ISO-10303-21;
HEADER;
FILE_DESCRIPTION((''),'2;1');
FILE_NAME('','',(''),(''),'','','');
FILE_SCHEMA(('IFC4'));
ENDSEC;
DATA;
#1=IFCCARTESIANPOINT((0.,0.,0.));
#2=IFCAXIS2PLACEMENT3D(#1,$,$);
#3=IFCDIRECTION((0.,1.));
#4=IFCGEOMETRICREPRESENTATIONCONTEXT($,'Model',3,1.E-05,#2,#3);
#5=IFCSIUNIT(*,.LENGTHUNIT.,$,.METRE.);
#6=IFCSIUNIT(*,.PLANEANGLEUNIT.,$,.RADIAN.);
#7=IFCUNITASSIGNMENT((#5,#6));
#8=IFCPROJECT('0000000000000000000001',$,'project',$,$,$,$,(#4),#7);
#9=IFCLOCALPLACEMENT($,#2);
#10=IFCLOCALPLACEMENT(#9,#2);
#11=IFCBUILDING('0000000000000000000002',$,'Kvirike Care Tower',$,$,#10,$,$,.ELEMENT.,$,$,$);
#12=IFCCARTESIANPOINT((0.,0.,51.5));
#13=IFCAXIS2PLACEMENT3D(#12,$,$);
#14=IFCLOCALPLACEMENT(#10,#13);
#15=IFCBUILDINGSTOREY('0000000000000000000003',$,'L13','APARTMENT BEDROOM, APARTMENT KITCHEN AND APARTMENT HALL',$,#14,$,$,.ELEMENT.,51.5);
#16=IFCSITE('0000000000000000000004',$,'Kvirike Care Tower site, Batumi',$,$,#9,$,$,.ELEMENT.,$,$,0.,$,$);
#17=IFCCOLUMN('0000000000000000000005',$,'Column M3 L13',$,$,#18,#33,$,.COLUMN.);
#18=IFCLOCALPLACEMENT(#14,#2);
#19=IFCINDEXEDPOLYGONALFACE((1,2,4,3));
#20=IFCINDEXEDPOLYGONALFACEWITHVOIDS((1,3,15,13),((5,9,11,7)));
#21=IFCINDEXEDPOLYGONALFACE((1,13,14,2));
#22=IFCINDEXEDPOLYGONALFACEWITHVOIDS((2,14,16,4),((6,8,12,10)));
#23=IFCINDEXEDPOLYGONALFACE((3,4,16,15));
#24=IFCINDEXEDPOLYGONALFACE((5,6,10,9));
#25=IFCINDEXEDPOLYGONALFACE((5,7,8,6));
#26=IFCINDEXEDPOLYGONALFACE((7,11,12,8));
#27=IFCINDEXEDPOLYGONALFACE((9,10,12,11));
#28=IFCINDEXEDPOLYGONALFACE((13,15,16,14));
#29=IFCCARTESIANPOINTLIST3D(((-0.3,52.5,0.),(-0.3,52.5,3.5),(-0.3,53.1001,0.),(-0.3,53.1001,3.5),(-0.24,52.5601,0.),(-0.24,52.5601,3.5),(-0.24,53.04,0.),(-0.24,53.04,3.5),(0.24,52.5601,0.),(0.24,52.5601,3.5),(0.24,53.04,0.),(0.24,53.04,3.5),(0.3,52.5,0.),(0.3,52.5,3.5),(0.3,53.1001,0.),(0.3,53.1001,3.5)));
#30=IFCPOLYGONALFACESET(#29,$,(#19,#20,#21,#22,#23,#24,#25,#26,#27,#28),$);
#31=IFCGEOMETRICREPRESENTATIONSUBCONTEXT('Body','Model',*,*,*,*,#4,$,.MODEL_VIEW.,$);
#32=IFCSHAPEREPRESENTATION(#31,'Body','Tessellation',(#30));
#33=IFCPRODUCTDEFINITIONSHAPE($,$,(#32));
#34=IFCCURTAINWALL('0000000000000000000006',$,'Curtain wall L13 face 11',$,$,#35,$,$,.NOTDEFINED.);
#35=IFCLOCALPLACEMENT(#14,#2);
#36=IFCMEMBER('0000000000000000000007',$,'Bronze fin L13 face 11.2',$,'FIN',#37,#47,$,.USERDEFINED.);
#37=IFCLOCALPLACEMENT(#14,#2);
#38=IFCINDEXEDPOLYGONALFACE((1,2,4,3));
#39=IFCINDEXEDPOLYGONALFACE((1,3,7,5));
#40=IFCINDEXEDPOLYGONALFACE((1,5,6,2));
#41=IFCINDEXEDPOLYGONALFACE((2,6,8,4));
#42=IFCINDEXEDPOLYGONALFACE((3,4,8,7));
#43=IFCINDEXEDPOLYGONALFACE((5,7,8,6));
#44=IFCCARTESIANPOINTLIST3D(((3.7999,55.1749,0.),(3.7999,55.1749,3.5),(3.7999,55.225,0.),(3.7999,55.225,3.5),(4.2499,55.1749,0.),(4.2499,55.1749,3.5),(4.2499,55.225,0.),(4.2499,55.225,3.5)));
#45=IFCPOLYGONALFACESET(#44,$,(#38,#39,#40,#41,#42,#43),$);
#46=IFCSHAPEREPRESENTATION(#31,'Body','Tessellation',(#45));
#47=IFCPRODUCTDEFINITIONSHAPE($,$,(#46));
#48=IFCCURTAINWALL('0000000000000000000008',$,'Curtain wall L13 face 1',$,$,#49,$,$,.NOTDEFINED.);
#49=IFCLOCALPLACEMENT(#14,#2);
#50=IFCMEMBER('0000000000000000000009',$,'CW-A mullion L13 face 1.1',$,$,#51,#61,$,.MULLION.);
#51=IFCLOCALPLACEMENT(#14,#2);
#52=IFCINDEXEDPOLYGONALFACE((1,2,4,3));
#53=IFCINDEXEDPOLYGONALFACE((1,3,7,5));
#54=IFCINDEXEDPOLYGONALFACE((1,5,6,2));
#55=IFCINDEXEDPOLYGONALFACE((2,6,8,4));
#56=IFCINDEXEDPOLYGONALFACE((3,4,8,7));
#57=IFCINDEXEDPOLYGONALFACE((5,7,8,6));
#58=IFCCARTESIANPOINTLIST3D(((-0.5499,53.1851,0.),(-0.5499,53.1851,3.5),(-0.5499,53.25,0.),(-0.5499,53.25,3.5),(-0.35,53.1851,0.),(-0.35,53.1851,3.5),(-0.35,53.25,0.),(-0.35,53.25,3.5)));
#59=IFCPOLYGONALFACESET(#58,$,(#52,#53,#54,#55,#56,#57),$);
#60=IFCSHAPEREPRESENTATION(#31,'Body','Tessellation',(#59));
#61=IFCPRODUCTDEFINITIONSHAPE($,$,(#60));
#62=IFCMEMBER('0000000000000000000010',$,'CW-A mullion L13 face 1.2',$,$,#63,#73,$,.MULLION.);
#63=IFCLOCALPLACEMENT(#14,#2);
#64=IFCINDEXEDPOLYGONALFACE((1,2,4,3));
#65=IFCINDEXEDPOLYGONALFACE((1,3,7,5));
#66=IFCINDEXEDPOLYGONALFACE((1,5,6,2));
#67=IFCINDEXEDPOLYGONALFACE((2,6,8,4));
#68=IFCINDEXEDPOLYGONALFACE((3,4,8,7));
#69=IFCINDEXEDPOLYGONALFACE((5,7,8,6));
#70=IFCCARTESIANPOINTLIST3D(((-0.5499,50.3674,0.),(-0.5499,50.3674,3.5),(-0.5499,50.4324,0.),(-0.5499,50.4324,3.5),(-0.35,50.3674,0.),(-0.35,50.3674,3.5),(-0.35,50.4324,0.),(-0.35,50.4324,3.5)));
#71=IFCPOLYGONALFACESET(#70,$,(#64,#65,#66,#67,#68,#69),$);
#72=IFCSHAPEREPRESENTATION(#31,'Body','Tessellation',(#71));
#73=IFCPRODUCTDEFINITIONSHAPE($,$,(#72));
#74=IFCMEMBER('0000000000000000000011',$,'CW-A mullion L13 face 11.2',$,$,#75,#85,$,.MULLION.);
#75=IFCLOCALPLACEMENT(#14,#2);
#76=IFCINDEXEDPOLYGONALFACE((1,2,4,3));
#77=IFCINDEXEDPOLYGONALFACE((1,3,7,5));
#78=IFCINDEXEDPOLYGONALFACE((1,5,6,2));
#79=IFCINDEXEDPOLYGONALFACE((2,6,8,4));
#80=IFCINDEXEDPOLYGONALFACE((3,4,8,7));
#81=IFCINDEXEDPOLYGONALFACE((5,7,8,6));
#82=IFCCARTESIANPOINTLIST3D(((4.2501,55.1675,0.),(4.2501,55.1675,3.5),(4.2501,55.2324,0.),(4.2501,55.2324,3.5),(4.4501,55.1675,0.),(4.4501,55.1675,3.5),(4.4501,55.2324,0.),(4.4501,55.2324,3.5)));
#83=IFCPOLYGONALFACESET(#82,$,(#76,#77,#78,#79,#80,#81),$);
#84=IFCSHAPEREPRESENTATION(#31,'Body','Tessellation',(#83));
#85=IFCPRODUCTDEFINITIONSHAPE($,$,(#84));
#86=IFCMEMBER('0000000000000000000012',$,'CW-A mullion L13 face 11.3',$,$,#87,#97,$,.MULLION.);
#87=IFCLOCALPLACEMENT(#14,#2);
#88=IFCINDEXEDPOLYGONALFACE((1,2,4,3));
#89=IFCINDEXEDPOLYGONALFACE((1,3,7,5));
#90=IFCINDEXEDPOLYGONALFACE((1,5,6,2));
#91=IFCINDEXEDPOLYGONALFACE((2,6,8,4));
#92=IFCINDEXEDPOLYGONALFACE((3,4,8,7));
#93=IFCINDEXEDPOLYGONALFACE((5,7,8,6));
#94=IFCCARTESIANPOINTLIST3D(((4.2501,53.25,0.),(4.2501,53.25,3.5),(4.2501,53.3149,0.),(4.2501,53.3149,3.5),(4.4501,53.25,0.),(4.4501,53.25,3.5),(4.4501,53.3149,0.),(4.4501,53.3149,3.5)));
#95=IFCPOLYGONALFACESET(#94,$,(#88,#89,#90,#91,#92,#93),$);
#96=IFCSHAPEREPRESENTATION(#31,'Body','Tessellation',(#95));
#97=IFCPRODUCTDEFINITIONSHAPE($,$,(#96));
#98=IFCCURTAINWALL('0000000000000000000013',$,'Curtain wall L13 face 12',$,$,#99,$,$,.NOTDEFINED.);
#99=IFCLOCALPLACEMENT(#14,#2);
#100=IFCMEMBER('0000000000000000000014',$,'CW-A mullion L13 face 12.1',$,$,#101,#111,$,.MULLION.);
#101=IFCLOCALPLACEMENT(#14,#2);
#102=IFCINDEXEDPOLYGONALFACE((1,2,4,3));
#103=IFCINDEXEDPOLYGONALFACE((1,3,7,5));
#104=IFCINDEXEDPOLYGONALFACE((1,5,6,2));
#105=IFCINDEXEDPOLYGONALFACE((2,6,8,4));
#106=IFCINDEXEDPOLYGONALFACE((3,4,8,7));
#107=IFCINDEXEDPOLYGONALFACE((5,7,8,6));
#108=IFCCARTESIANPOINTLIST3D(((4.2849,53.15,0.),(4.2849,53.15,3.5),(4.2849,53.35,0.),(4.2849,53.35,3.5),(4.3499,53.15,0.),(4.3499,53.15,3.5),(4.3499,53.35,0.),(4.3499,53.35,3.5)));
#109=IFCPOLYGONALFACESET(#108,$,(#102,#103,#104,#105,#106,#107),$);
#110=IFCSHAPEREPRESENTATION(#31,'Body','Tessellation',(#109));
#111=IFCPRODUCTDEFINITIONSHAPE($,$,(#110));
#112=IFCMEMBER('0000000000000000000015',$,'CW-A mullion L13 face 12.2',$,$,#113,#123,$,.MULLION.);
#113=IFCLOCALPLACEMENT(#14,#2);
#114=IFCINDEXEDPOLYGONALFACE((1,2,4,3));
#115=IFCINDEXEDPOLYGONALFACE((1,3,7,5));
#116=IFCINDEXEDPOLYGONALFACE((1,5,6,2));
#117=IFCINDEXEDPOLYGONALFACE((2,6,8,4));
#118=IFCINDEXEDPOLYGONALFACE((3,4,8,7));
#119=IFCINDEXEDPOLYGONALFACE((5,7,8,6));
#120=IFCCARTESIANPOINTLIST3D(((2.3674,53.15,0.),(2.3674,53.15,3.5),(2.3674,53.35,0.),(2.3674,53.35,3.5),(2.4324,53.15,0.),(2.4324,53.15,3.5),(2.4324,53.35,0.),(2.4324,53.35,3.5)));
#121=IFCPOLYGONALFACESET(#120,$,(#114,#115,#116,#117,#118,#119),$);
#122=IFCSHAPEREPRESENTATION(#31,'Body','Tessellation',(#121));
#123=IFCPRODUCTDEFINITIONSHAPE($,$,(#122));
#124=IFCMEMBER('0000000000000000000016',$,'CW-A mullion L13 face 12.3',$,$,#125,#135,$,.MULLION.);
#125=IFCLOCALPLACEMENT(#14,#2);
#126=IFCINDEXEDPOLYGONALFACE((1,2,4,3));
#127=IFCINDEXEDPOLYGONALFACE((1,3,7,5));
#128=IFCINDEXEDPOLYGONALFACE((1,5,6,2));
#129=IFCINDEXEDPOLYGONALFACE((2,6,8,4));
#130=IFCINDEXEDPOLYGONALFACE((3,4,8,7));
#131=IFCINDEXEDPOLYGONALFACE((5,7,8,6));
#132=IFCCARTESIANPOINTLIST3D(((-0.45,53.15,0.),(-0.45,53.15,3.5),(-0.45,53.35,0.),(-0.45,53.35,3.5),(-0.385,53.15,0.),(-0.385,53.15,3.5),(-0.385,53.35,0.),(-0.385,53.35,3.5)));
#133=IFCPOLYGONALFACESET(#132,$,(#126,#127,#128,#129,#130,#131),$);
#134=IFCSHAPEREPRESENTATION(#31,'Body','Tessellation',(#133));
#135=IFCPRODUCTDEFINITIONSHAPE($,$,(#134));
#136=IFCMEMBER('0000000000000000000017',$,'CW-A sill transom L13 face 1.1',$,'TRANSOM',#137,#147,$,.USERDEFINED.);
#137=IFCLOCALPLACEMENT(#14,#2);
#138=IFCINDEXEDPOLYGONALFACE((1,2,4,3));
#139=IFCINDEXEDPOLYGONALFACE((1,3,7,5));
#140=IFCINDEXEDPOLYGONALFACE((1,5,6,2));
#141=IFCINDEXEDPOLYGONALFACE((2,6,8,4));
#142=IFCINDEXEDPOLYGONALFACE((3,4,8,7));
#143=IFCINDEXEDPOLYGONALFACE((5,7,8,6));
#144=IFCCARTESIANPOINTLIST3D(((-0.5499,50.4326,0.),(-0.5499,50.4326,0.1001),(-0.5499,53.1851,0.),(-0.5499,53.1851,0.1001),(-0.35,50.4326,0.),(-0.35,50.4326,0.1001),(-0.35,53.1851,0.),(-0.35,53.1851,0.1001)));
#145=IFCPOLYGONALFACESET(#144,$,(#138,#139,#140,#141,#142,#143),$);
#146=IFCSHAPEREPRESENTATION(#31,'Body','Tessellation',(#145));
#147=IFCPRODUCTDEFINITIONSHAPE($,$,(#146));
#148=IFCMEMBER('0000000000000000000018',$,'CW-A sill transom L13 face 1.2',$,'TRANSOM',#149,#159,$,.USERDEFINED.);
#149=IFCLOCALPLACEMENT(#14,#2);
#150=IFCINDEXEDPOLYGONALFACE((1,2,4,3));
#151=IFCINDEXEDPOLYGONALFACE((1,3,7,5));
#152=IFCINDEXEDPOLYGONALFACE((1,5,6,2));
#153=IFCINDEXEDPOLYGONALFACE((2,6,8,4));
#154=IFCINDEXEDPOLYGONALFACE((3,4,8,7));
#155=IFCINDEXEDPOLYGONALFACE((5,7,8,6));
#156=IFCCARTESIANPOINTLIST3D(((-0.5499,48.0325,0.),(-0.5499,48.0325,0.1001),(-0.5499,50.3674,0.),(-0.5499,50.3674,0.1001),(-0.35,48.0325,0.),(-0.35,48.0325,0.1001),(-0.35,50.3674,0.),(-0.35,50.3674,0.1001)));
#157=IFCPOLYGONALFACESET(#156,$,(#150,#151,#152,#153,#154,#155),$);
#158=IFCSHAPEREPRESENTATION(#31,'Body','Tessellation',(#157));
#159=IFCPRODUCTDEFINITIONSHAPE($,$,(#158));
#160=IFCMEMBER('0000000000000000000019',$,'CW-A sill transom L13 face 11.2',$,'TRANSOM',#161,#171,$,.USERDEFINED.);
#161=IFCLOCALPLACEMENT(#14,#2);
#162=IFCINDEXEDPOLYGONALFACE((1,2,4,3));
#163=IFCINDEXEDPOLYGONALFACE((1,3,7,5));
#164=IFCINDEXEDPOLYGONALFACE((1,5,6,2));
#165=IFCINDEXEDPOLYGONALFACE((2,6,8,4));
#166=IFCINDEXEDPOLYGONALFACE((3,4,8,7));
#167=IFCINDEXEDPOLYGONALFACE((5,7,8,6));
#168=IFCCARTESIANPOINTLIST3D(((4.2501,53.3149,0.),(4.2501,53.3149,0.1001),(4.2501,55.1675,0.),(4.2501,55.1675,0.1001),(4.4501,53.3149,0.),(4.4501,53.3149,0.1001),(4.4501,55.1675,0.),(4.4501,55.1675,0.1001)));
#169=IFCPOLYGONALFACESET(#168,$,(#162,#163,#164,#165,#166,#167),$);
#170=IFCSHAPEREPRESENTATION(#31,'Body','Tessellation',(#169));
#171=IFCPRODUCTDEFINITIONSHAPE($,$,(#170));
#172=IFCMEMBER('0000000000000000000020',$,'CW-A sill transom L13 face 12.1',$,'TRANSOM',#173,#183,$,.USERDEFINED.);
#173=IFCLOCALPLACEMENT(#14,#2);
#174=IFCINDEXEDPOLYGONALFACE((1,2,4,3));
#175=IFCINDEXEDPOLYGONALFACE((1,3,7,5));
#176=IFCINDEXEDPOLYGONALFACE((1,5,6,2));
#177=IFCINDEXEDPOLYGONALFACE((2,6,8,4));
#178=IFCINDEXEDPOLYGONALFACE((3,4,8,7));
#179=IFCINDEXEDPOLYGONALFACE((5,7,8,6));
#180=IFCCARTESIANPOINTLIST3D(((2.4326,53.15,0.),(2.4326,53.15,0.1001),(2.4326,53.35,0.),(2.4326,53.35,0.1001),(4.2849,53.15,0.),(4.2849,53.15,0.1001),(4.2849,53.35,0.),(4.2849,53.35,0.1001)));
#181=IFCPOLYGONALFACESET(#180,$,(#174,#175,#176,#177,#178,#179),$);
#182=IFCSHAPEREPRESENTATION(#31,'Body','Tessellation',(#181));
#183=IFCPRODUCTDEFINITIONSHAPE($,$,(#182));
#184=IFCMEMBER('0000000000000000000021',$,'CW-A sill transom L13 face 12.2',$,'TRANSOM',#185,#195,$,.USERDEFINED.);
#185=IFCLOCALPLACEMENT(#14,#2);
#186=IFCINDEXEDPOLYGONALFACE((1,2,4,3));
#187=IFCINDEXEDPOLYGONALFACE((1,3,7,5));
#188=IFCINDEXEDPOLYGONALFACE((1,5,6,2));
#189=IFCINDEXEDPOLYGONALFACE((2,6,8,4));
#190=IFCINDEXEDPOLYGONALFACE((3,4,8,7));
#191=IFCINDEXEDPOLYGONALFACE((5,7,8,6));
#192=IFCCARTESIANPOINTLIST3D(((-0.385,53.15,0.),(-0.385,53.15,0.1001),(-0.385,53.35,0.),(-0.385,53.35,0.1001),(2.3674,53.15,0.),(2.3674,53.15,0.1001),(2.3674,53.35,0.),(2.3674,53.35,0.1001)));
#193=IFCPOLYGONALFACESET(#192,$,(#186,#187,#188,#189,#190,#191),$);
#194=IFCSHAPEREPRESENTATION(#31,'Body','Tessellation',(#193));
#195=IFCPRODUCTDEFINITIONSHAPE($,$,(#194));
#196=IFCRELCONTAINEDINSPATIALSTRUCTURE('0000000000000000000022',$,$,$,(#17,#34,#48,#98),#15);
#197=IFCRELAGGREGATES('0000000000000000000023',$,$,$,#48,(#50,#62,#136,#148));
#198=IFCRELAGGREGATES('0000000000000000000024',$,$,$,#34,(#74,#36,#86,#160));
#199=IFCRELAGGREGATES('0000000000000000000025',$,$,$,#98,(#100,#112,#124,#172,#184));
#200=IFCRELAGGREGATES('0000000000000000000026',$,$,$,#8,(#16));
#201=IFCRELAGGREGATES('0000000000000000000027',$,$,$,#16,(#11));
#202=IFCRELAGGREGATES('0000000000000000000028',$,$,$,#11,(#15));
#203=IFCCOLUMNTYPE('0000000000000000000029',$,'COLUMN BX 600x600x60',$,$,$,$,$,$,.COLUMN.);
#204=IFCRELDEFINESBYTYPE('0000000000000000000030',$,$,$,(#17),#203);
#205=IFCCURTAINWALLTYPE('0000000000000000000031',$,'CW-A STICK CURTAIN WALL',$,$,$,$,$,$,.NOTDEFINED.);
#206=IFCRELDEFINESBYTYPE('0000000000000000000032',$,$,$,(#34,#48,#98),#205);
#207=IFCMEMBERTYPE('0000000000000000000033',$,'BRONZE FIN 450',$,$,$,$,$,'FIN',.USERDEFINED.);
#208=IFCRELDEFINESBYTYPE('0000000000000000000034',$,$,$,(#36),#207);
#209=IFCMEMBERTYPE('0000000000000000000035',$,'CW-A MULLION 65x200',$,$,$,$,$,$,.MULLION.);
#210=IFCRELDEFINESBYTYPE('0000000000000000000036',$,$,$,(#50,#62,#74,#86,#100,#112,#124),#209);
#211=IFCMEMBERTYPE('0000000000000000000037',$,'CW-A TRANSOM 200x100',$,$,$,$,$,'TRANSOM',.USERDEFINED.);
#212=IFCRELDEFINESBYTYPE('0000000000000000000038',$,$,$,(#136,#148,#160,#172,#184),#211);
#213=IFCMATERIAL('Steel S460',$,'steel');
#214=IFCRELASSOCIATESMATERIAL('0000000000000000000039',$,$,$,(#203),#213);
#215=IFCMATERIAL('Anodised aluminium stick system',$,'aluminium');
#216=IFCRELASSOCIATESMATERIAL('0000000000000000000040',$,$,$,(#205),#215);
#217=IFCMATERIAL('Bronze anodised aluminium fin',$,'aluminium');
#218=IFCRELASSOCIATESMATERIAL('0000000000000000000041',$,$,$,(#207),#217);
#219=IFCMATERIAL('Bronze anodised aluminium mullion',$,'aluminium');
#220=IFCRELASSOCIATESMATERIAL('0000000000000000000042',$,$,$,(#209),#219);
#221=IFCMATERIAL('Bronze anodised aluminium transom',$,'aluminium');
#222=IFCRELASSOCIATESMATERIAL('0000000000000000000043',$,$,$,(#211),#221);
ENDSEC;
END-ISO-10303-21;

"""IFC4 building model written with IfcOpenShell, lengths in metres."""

from ifc_helpers import new_model, si_unit, direction, frame, origin, origin_2d, place, context, subcontext, project, spatial, rectangle, hollow_rectangle, extrude, material, material_profile, profile_set, type_object, element, aggregate, save


model = new_model("IFC4")

# Units and contexts
model_context = context("Model", 3, precision=1e-05, world=origin(), true_north=direction((0.0, 1.0)))
body_context = subcontext(model_context, "Body", "Model", "MODEL_VIEW")
ifc_project = project(units=[si_unit("LENGTHUNIT", "METRE"), si_unit("PLANEANGLEUNIT", "RADIAN")], contexts=[model_context])

# Site, building, storey
site_placement = place(None, origin())
site = spatial("IfcSite", under=ifc_project, at=site_placement, Name="Kvirike Care Tower site, Batumi", CompositionType="ELEMENT", RefElevation=0.0)
building_placement = place(site_placement, origin())
building = spatial("IfcBuilding", under=site, at=building_placement, Name="Kvirike Care Tower", CompositionType="ELEMENT")
storey_placement = place(building_placement, frame((0.0, 0.0, 51.5)))
storey = spatial("IfcBuildingStorey", under=building, at=storey_placement, Name="L13", Description="APARTMENT BEDROOM, APARTMENT KITCHEN AND APARTMENT HALL", CompositionType="ELEMENT", Elevation=51.5)

# Column
ifc_material_1 = material(Name="Steel S460", Category="steel")
ifc_material_profile_1 = material_profile(ifc_material_1, hollow_rectangle(XDim=0.6001, YDim=0.6001, WallThickness=0.0601, at=origin_2d()), Name="BX 600x600x60")
ifc_profile_set_1 = profile_set([ifc_material_profile_1], Name="Steel S460")
column_type = type_object("IfcColumnType", Name="COLUMN BX 600x600x60", PredefinedType="COLUMN", material=ifc_profile_set_1)
column_placement = place(storey_placement, frame((0.0, 52.8, 0.0), z_axis=(0.0, 0.0, 1.0), x_axis=(0.0, 1.0, 0.0)))
element("IfcColumn", 1, at=column_placement, inside=storey, type_object=column_type, Name="Column M3 L13", PredefinedType="COLUMN", context=body_context, shape_type="SweptSolid", body=[
    extrude(hollow_rectangle(XDim=0.6001, YDim=0.6001, WallThickness=0.0601, at=origin_2d()), origin(), (0.0, 0.0, 1.0), 3.5),
])

# Curtain wall, member
ifc_material_2 = material(Name="Anodised aluminium stick system", Category="aluminium")
curtain_wall_type = type_object("IfcCurtainWallType", Name="CW-A STICK CURTAIN WALL", PredefinedType="NOTDEFINED", material=ifc_material_2)
curtain_wall_1_placement = place(storey_placement, origin())
curtain_wall_1 = element("IfcCurtainWall", 2, at=curtain_wall_1_placement, inside=storey, type_object=curtain_wall_type, Name="Curtain wall L13 face 11", PredefinedType="NOTDEFINED")
ifc_material_3 = material(Name="Bronze anodised aluminium fin", Category="aluminium")
ifc_material_profile_2 = material_profile(ifc_material_3, rectangle(XDim=0.05, YDim=0.45, at=origin_2d()), Name="BRONZE FIN 450")
ifc_profile_set_2 = profile_set([ifc_material_profile_2], Name="Bronze anodised aluminium fin")
member_type_1 = type_object("IfcMemberType", Name="BRONZE FIN 450", ElementType="FIN", PredefinedType="USERDEFINED", material=ifc_profile_set_2)
member_1_placement = place(storey_placement, frame((4.0249, 55.2, 0.0), z_axis=(0.0, 0.0, 1.0), x_axis=(0.0, -1.0, 0.0)))
member_1 = element("IfcMember", 3, at=member_1_placement, type_object=member_type_1, Name="Bronze fin L13 face 11.2", ObjectType="FIN", PredefinedType="USERDEFINED", context=body_context, shape_type="SweptSolid", body=[
    extrude(rectangle(XDim=0.05, YDim=0.45, at=origin_2d()), origin(), (0.0, 0.0, 1.0), 3.5),
])

# Curtain wall, members
curtain_wall_2_placement = place(storey_placement, origin())
curtain_wall_2 = element("IfcCurtainWall", 4, at=curtain_wall_2_placement, inside=storey, type_object=curtain_wall_type, Name="Curtain wall L13 face 1", PredefinedType="NOTDEFINED")
ifc_material_4 = material(Name="Bronze anodised aluminium mullion", Category="aluminium")
ifc_material_profile_3 = material_profile(ifc_material_4, rectangle(XDim=0.0649, YDim=0.2, at=origin_2d()), Name="CW-A MULLION 65x200")
ifc_profile_set_3 = profile_set([ifc_material_profile_3], Name="Bronze anodised aluminium mullion")
member_type_2 = type_object("IfcMemberType", Name="CW-A MULLION 65x200", PredefinedType="MULLION", material=ifc_profile_set_3)
member_2_placement = place(storey_placement, frame((-0.45, 53.2175, 0.0), z_axis=(0.0, 0.0, 1.0), x_axis=(0.0, -1.0, 0.0)))
member_2 = element("IfcMember", 5, at=member_2_placement, type_object=member_type_2, Name="CW-A mullion L13 face 1.1", PredefinedType="MULLION", context=body_context, shape_type="SweptSolid", body=[
    extrude(rectangle(XDim=0.0649, YDim=0.2, at=origin_2d()), origin(), (0.0, 0.0, 1.0), 3.5),
])
member_3_placement = place(storey_placement, frame((-0.45, 50.3999, 0.0), z_axis=(0.0, 0.0, 1.0), x_axis=(0.0, -1.0, 0.0)))
member_3 = element("IfcMember", 6, at=member_3_placement, type_object=member_type_2, Name="CW-A mullion L13 face 1.2", PredefinedType="MULLION", context=body_context, shape_type="SweptSolid", body=[
    extrude(rectangle(XDim=0.0649, YDim=0.2, at=origin_2d()), origin(), (0.0, 0.0, 1.0), 3.5),
])

# Members
member_4_placement = place(storey_placement, frame((4.3501, 55.2, 0.0), z_axis=(0.0, 0.0, 1.0), x_axis=(0.0, -1.0, 0.0)))
member_4 = element("IfcMember", 7, at=member_4_placement, type_object=member_type_2, Name="CW-A mullion L13 face 11.2", PredefinedType="MULLION", context=body_context, shape_type="SweptSolid", body=[
    extrude(rectangle(XDim=0.0649, YDim=0.2, at=origin_2d()), origin(), (0.0, 0.0, 1.0), 3.5),
])
member_5_placement = place(storey_placement, frame((4.3501, 53.2825, 0.0), z_axis=(0.0, 0.0, 1.0), x_axis=(0.0, -1.0, 0.0)))
member_5 = element("IfcMember", 8, at=member_5_placement, type_object=member_type_2, Name="CW-A mullion L13 face 11.3", PredefinedType="MULLION", context=body_context, shape_type="SweptSolid", body=[
    extrude(rectangle(XDim=0.0649, YDim=0.2, at=origin_2d()), origin(), (0.0, 0.0, 1.0), 3.5),
])

# Curtain wall, members
curtain_wall_3_placement = place(storey_placement, origin())
curtain_wall_3 = element("IfcCurtainWall", 9, at=curtain_wall_3_placement, inside=storey, type_object=curtain_wall_type, Name="Curtain wall L13 face 12", PredefinedType="NOTDEFINED")
member_6_placement = place(storey_placement, frame((4.3174, 53.25, 0.0), z_axis=(0.0, 0.0, 1.0), x_axis=(-1.0, 0.0, 0.0)))
member_6 = element("IfcMember", 10, at=member_6_placement, type_object=member_type_2, Name="CW-A mullion L13 face 12.1", PredefinedType="MULLION", context=body_context, shape_type="SweptSolid", body=[
    extrude(rectangle(XDim=0.0649, YDim=0.2, at=origin_2d()), origin(), (0.0, 0.0, 1.0), 3.5),
])
member_7_placement = place(storey_placement, frame((2.3999, 53.25, 0.0), z_axis=(0.0, 0.0, 1.0), x_axis=(-1.0, 0.0, 0.0)))
member_7 = element("IfcMember", 11, at=member_7_placement, type_object=member_type_2, Name="CW-A mullion L13 face 12.2", PredefinedType="MULLION", context=body_context, shape_type="SweptSolid", body=[
    extrude(rectangle(XDim=0.0649, YDim=0.2, at=origin_2d()), origin(), (0.0, 0.0, 1.0), 3.5),
])
member_8_placement = place(storey_placement, frame((-0.4175, 53.25, 0.0), z_axis=(0.0, 0.0, 1.0), x_axis=(-1.0, 0.0, 0.0)))
member_8 = element("IfcMember", 12, at=member_8_placement, type_object=member_type_2, Name="CW-A mullion L13 face 12.3", PredefinedType="MULLION", context=body_context, shape_type="SweptSolid", body=[
    extrude(rectangle(XDim=0.0649, YDim=0.2, at=origin_2d()), origin(), (0.0, 0.0, 1.0), 3.5),
])

# Members
ifc_material_5 = material(Name="Bronze anodised aluminium transom", Category="aluminium")
ifc_material_profile_4 = material_profile(ifc_material_5, rectangle(XDim=0.2, YDim=0.1001, at=origin_2d()), Name="CW-A TRANSOM 200x100")
ifc_profile_set_4 = profile_set([ifc_material_profile_4], Name="Bronze anodised aluminium transom")
member_type_3 = type_object("IfcMemberType", Name="CW-A TRANSOM 200x100", ElementType="TRANSOM", PredefinedType="USERDEFINED", material=ifc_profile_set_4)
member_9_placement = place(storey_placement, frame((-0.45, 53.1851, 0.05), z_axis=(0.0, -1.0, 0.0), x_axis=(1.0, 0.0, 0.0)))
member_9 = element("IfcMember", 13, at=member_9_placement, type_object=member_type_3, Name="CW-A sill transom L13 face 1.1", ObjectType="TRANSOM", PredefinedType="USERDEFINED", context=body_context, shape_type="SweptSolid", body=[
    extrude(rectangle(XDim=0.2, YDim=0.1001, at=origin_2d()), origin(), (0.0, 0.0, 1.0), 2.7524),
])
member_10_placement = place(storey_placement, frame((-0.45, 50.3674, 0.05), z_axis=(0.0, -1.0, 0.0), x_axis=(1.0, 0.0, 0.0)))
member_10 = element("IfcMember", 14, at=member_10_placement, type_object=member_type_3, Name="CW-A sill transom L13 face 1.2", ObjectType="TRANSOM", PredefinedType="USERDEFINED", context=body_context, shape_type="SweptSolid", body=[
    extrude(rectangle(XDim=0.2, YDim=0.1001, at=origin_2d()), origin(), (0.0, 0.0, 1.0), 2.335),
])
member_11_placement = place(storey_placement, frame((4.3501, 55.1675, 0.05), z_axis=(0.0, -1.0, 0.0), x_axis=(1.0, 0.0, 0.0)))
member_11 = element("IfcMember", 15, at=member_11_placement, type_object=member_type_3, Name="CW-A sill transom L13 face 11.2", ObjectType="TRANSOM", PredefinedType="USERDEFINED", context=body_context, shape_type="SweptSolid", body=[
    extrude(rectangle(XDim=0.2, YDim=0.1001, at=origin_2d()), origin(), (0.0, 0.0, 1.0), 1.8525),
])
member_12_placement = place(storey_placement, frame((4.2849, 53.25, 0.05), z_axis=(-1.0, 0.0, 0.0), x_axis=(0.0, -1.0, 0.0)))
member_12 = element("IfcMember", 16, at=member_12_placement, type_object=member_type_3, Name="CW-A sill transom L13 face 12.1", ObjectType="TRANSOM", PredefinedType="USERDEFINED", context=body_context, shape_type="SweptSolid", body=[
    extrude(rectangle(XDim=0.2, YDim=0.1001, at=origin_2d()), origin(), (0.0, 0.0, 1.0), 1.8523),
])
member_13_placement = place(storey_placement, frame((2.3674, 53.25, 0.05), z_axis=(-1.0, 0.0, 0.0), x_axis=(0.0, -1.0, 0.0)))
member_13 = element("IfcMember", 17, at=member_13_placement, type_object=member_type_3, Name="CW-A sill transom L13 face 12.2", ObjectType="TRANSOM", PredefinedType="USERDEFINED", context=body_context, shape_type="SweptSolid", body=[
    extrude(rectangle(XDim=0.2, YDim=0.1001, at=origin_2d()), origin(), (0.0, 0.0, 1.0), 2.7524),
])

aggregate(curtain_wall_2, [member_2, member_3, member_9, member_10])
aggregate(curtain_wall_1, [member_4, member_1, member_5, member_11])
aggregate(curtain_wall_3, [member_6, member_7, member_8, member_12, member_13])

save(model, "model.ifc")
